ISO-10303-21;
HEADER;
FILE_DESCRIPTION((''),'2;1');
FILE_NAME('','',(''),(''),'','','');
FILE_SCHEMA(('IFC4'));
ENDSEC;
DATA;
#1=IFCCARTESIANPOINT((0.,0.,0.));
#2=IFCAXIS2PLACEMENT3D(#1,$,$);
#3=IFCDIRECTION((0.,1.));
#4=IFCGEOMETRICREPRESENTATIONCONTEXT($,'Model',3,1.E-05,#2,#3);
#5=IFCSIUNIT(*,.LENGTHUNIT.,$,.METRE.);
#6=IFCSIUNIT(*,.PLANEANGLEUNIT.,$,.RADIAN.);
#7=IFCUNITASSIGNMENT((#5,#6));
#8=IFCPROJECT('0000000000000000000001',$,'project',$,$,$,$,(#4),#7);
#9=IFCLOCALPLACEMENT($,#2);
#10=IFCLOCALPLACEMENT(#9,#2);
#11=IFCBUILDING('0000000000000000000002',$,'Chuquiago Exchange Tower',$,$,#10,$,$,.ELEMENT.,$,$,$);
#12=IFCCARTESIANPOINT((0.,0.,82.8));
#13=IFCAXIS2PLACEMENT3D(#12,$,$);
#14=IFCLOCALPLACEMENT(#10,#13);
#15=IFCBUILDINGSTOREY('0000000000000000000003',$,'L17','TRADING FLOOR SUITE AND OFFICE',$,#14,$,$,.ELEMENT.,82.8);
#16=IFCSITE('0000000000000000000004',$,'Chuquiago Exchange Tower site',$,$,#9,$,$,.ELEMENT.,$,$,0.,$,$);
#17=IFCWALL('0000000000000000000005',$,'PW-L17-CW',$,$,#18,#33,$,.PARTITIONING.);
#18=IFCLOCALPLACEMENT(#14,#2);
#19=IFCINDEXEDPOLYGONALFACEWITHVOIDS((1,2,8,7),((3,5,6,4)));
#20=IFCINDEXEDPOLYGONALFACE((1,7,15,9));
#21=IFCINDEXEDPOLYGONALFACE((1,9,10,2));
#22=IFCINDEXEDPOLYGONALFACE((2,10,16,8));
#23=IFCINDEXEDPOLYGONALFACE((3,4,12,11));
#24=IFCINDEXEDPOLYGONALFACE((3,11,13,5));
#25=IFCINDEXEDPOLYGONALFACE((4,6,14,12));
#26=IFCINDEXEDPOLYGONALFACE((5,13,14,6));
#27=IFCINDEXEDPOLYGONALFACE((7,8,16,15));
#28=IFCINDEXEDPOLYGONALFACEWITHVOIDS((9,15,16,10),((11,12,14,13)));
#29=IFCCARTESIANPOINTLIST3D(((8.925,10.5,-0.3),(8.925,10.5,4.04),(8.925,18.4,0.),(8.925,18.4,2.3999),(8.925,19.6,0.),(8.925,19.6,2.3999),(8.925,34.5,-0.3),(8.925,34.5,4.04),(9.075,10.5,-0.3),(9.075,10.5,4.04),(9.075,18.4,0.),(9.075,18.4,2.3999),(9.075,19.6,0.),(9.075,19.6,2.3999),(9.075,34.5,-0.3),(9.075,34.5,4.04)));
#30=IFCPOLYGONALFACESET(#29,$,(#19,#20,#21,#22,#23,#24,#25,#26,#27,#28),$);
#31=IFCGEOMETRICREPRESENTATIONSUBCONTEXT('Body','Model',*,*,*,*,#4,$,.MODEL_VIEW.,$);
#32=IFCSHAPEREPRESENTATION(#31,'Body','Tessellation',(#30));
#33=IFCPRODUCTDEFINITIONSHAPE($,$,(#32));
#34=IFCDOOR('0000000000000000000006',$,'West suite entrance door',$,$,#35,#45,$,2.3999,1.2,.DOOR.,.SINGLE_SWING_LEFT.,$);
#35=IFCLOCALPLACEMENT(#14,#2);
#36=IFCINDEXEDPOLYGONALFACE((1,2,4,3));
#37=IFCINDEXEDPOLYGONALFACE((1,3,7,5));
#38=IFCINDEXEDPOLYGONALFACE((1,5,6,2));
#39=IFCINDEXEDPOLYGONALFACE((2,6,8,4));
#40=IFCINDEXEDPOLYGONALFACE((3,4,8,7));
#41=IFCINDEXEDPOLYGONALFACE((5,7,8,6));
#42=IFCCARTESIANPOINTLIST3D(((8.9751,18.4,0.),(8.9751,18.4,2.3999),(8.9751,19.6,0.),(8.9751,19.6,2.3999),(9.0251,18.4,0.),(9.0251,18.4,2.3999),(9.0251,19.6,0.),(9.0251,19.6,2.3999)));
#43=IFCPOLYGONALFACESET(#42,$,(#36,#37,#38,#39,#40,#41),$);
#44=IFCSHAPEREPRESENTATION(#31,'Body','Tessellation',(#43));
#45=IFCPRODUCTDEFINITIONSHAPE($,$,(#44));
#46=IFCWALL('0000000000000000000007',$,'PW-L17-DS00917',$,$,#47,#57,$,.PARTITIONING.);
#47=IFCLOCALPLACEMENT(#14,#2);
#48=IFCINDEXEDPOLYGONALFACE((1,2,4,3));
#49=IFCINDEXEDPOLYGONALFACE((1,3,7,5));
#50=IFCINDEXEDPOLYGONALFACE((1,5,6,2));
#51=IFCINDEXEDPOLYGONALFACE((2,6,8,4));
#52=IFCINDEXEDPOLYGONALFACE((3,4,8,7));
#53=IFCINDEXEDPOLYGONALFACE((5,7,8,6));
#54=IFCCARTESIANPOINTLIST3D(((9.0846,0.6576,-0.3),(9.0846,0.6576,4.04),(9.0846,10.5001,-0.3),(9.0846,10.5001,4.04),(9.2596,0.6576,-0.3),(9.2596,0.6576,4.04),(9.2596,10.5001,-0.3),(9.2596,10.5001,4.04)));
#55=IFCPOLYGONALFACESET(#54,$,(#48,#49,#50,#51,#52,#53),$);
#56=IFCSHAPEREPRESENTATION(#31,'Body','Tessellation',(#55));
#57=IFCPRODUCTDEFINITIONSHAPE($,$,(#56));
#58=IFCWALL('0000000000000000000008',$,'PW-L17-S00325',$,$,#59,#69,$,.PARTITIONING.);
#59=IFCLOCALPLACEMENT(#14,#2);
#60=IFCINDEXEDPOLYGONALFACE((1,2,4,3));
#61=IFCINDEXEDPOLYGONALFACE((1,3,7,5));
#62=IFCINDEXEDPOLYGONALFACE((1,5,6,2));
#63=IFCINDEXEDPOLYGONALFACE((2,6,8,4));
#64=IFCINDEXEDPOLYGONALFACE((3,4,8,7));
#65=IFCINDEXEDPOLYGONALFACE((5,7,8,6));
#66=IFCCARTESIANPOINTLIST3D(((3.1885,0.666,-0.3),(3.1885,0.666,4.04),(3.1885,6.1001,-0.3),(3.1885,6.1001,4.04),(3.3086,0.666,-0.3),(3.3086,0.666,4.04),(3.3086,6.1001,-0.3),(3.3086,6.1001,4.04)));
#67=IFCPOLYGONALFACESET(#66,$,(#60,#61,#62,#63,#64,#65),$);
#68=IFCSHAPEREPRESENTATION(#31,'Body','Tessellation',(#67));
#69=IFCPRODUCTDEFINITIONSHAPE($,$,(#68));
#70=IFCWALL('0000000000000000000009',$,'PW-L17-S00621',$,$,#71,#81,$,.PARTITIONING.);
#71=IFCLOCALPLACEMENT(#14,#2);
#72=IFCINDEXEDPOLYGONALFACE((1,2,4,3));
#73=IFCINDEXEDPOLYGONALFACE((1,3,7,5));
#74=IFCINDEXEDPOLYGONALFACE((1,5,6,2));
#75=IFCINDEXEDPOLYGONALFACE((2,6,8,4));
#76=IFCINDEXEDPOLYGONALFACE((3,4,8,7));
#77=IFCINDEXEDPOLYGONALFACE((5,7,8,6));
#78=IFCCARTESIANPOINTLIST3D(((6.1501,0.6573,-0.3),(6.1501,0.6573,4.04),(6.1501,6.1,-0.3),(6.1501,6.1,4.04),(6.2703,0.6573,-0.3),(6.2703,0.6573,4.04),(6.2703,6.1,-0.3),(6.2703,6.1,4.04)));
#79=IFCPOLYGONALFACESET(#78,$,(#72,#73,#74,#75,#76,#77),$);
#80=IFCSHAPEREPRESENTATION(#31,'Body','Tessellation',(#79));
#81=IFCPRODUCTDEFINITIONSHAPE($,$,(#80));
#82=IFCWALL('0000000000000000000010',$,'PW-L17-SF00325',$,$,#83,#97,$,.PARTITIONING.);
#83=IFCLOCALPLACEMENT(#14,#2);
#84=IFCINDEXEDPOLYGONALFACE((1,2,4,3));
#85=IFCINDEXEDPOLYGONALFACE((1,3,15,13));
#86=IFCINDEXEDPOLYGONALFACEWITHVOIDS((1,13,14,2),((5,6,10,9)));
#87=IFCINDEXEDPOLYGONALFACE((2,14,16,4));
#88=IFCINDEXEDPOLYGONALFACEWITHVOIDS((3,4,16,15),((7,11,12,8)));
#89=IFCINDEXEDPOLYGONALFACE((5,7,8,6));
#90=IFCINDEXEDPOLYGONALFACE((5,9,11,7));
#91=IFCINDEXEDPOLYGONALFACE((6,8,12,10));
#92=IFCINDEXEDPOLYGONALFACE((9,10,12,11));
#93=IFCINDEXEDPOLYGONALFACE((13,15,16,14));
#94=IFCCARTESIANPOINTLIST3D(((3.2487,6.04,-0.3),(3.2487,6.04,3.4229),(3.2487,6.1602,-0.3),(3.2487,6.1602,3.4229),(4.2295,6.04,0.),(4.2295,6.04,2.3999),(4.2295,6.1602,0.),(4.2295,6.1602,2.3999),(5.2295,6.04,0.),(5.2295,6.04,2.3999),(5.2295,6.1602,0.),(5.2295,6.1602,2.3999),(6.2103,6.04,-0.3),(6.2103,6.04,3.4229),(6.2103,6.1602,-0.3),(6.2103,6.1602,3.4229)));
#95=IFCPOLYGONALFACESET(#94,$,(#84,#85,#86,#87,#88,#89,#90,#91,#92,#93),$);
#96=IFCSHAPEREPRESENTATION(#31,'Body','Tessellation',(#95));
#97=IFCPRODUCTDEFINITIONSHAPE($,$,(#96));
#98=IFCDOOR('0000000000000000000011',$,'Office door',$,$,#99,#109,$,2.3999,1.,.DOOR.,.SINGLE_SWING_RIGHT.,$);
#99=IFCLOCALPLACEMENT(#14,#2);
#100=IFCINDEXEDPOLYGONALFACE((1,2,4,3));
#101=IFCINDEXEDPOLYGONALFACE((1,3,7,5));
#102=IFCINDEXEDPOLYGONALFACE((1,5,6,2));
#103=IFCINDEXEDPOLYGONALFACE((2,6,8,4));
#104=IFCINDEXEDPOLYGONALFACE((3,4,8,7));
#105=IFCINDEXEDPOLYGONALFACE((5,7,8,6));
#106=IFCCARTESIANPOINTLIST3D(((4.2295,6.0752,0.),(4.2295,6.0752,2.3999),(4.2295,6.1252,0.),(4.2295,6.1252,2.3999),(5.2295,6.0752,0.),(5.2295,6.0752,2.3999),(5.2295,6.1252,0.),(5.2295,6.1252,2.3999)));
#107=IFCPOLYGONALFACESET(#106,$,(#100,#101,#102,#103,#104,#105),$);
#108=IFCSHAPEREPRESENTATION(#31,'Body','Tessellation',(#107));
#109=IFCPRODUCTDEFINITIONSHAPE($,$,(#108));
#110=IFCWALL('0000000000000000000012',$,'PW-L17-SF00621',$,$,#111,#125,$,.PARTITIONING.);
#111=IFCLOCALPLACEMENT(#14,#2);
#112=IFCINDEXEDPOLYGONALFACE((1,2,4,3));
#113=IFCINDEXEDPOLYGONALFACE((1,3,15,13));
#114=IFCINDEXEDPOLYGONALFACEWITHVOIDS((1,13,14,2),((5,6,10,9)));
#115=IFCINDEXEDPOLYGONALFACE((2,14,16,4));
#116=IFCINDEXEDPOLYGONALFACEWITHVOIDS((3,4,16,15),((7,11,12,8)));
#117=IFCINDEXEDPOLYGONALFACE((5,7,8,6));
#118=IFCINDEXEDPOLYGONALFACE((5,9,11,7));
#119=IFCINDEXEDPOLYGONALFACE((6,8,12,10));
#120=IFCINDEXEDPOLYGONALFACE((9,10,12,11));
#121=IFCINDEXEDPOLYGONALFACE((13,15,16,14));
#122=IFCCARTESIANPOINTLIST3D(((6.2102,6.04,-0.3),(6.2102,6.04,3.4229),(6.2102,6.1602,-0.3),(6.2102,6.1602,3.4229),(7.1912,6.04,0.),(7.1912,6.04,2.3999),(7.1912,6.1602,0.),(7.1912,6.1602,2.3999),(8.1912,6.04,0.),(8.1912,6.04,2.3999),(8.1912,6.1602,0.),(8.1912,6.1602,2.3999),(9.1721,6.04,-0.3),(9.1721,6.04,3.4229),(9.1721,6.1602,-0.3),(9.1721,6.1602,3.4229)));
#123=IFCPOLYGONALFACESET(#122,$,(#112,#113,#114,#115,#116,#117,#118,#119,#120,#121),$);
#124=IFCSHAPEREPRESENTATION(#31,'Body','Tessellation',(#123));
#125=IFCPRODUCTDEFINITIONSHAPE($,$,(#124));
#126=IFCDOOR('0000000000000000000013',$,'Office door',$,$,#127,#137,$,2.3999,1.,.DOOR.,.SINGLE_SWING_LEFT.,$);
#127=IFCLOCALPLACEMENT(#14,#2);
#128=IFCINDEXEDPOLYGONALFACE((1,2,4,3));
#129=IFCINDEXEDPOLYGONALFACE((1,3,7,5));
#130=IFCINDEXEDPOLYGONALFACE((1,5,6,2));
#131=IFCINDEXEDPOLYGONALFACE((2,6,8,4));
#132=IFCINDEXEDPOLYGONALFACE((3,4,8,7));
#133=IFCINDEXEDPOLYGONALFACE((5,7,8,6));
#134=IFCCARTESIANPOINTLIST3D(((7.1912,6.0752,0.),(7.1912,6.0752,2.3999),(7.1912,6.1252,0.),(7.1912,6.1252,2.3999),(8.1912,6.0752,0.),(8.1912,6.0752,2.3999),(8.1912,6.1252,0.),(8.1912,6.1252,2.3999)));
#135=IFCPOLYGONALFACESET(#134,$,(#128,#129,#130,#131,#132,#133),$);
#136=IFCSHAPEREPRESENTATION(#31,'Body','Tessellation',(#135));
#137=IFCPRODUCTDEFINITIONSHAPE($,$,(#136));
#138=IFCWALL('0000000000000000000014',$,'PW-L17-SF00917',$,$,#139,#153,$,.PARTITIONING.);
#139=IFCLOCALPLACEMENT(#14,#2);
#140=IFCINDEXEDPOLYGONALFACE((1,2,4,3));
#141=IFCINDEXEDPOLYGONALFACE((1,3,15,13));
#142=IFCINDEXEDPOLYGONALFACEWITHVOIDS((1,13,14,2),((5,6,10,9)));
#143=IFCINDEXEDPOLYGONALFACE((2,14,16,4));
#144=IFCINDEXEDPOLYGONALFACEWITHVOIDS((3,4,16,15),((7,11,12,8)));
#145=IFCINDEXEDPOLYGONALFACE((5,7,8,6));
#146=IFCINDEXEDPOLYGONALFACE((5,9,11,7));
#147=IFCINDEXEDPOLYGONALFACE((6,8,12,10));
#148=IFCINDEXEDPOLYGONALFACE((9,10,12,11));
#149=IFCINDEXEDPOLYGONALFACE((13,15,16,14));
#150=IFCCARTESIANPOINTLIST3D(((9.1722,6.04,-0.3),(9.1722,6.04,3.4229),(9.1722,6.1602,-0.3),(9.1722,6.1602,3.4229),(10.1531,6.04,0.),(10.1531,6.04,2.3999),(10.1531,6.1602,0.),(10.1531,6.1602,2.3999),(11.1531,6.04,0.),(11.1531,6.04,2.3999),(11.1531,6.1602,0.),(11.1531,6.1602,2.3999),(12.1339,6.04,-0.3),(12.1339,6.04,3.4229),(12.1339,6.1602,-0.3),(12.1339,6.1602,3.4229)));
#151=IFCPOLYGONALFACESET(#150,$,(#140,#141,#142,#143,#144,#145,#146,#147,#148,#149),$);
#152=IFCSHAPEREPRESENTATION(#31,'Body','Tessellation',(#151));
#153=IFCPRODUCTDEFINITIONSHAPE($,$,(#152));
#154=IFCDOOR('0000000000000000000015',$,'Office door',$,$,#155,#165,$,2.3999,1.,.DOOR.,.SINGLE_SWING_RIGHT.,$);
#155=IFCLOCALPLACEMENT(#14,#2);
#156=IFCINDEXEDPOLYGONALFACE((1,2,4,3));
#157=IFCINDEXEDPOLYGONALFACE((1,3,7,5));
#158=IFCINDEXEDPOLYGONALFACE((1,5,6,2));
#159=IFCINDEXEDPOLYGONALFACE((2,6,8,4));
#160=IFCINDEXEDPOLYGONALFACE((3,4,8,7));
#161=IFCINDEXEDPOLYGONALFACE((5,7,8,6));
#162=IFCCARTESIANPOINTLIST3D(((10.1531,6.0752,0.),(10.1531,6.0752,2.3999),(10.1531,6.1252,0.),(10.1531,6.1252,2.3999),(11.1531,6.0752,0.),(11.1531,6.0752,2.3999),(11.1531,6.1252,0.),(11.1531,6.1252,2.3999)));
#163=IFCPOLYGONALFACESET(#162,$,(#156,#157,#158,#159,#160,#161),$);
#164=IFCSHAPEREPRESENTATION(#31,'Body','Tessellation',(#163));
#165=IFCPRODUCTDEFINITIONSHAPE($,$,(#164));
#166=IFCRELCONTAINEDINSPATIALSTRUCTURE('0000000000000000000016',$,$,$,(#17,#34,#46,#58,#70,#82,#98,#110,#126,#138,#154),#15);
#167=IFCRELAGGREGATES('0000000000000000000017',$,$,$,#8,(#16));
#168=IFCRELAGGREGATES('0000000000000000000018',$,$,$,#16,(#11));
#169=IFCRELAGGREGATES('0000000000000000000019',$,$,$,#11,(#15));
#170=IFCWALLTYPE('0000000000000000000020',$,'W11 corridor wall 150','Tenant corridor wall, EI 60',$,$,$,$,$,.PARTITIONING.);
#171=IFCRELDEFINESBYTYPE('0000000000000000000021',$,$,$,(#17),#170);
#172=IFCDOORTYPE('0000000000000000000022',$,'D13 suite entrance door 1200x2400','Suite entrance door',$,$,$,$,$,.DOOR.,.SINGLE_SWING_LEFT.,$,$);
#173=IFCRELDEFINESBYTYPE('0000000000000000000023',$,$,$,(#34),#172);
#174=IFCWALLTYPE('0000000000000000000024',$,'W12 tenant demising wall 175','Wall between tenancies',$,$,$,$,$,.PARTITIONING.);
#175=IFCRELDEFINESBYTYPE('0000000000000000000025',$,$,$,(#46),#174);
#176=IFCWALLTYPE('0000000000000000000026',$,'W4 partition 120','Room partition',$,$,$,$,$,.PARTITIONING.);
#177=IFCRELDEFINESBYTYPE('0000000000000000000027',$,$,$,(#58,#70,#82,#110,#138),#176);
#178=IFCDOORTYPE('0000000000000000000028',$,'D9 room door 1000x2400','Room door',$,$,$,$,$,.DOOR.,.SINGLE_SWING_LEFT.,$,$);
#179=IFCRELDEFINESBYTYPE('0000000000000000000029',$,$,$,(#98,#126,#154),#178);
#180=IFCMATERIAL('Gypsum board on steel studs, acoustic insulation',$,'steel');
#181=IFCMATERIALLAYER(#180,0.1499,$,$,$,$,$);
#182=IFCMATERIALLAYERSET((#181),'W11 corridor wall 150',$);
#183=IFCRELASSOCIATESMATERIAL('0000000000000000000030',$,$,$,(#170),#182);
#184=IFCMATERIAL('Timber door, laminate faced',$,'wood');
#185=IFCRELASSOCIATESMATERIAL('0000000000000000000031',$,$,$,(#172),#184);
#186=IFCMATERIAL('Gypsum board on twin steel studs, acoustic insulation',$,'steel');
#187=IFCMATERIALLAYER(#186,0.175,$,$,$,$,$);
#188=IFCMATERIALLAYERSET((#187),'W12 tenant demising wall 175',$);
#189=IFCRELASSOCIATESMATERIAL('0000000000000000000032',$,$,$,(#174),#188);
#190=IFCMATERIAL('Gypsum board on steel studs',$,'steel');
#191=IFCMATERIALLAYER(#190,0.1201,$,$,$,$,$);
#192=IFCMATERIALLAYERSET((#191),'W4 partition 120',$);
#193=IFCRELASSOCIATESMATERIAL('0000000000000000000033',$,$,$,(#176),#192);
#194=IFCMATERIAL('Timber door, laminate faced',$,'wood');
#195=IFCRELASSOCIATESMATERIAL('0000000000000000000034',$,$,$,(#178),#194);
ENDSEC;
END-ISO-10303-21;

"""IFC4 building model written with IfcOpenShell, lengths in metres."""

from ifc_helpers import new_model, si_unit, direction, frame, frame_2d, origin, place, context, subcontext, project, spatial, rectangle, extrude, material, layer, layer_set, type_object, element, fill, save


model = new_model("IFC4")

# Units and contexts
model_context = context("Model", 3, precision=1e-05, world=origin(), true_north=direction((0.0, 1.0)))
body_context = subcontext(model_context, "Body", "Model", "MODEL_VIEW")
ifc_project = project(units=[si_unit("LENGTHUNIT", "METRE"), si_unit("PLANEANGLEUNIT", "RADIAN")], contexts=[model_context])

# Site, building, storey
site_placement = place(None, origin())
site = spatial("IfcSite", under=ifc_project, at=site_placement, Name="Chuquiago Exchange Tower site", CompositionType="ELEMENT", RefElevation=0.0)
building_placement = place(site_placement, origin())
building = spatial("IfcBuilding", under=site, at=building_placement, Name="Chuquiago Exchange Tower", CompositionType="ELEMENT")
storey_placement = place(building_placement, frame((0.0, 0.0, 82.8)))
storey = spatial("IfcBuildingStorey", under=building, at=storey_placement, Name="L17", Description="TRADING FLOOR SUITE AND OFFICE", CompositionType="ELEMENT", Elevation=82.8)

# Wall, opening, door
ifc_material_1 = material(Name="Gypsum board on steel studs, acoustic insulation", Category="steel")
ifc_layer_1 = layer(ifc_material_1, 0.1499)
ifc_layer_set_1 = layer_set([ifc_layer_1], Name="W11 corridor wall 150")
wall_type_1 = type_object("IfcWallType", Name="W11 corridor wall 150", Description="Tenant corridor wall, EI 60", PredefinedType="PARTITIONING", material=ifc_layer_set_1)
ifc_material_2 = material(Name="Timber door, laminate faced", Category="wood")
door_type_1 = type_object("IfcDoorType", Name="D13 suite entrance door 1200x2400", Description="Suite entrance door", OperationType="SINGLE_SWING_LEFT", PredefinedType="DOOR", material=ifc_material_2)
wall_1_placement = place(storey_placement, frame((9.0, 10.5, -0.3), z_axis=(0.0, 0.0, 1.0), x_axis=(0.0, 1.0, 0.0)))
wall_1 = element("IfcWall", 1, at=wall_1_placement, inside=storey, type_object=wall_type_1, Name="PW-L17-CW", PredefinedType="PARTITIONING", context=body_context, shape_type="SweptSolid", body=[
    extrude(rectangle(XDim=24.0, YDim=0.1499, at=frame_2d((12.0, 0.0))), origin(), (0.0, 0.0, 1.0), 4.3401),
])
opening_1_placement = place(wall_1_placement, frame((7.8999, 0.0, 0.3)))
opening_1 = element("IfcOpeningElement", 2, at=opening_1_placement, cuts=wall_1, PredefinedType="OPENING", context=body_context, shape_type="SweptSolid", body=[
    extrude(rectangle(XDim=1.2, YDim=2.3999, at=frame_2d((0.6001, 1.2))), frame((0.0, 0.085, 0.0), z_axis=(0.0, -1.0, 0.0), x_axis=(1.0, 0.0, 0.0)), (0.0, 0.0, 1.0), 0.1699),
])
door_1_placement = place(opening_1_placement, origin())
door_1 = element("IfcDoor", 3, at=door_1_placement, inside=storey, type_object=door_type_1, Name="West suite entrance door", OperationType="SINGLE_SWING_LEFT", OverallHeight=2.3999, OverallWidth=1.2, PredefinedType="DOOR", context=body_context, shape_type="SweptSolid", body=[
    extrude(rectangle(XDim=1.2, YDim=2.3999, at=frame_2d((0.6001, 1.2))), frame((0.0, 0.0249, 0.0), z_axis=(0.0, -1.0, 0.0), x_axis=(1.0, 0.0, 0.0)), (0.0, 0.0, 1.0), 0.05),
])
fill(opening_1, door_1)

# Walls
ifc_material_3 = material(Name="Gypsum board on twin steel studs, acoustic insulation", Category="steel")
ifc_layer_2 = layer(ifc_material_3, 0.175)
ifc_layer_set_2 = layer_set([ifc_layer_2], Name="W12 tenant demising wall 175")
wall_type_2 = type_object("IfcWallType", Name="W12 tenant demising wall 175", Description="Wall between tenancies", PredefinedType="PARTITIONING", material=ifc_layer_set_2)
wall_2_placement = place(storey_placement, frame((9.1721, 0.6575, -0.3), z_axis=(0.0, 0.0, 1.0), x_axis=(0.0, 1.0, 0.0)))
element("IfcWall", 4, at=wall_2_placement, inside=storey, type_object=wall_type_2, Name="PW-L17-DS00917", PredefinedType="PARTITIONING", context=body_context, shape_type="SweptSolid", body=[
    extrude(rectangle(XDim=9.8425, YDim=0.175, at=frame_2d((4.9214, 0.0))), origin(), (0.0, 0.0, 1.0), 4.3401),
])
ifc_material_4 = material(Name="Gypsum board on steel studs", Category="steel")
ifc_layer_3 = layer(ifc_material_4, 0.1201)
ifc_layer_set_3 = layer_set([ifc_layer_3], Name="W4 partition 120")
wall_type_3 = type_object("IfcWallType", Name="W4 partition 120", Description="Room partition", PredefinedType="PARTITIONING", material=ifc_layer_set_3)
wall_3_placement = place(storey_placement, frame((3.2485, 0.666, -0.3), z_axis=(0.0, 0.0, 1.0), x_axis=(0.0, 1.0, 0.0)))
element("IfcWall", 5, at=wall_3_placement, inside=storey, type_object=wall_type_3, Name="PW-L17-S00325", PredefinedType="PARTITIONING", context=body_context, shape_type="SweptSolid", body=[
    extrude(rectangle(XDim=5.4341, YDim=0.1201, at=frame_2d((2.717, 0.0))), origin(), (0.0, 0.0, 1.0), 4.3401),
])
wall_4_placement = place(storey_placement, frame((6.2102, 0.6575, -0.3), z_axis=(0.0, 0.0, 1.0), x_axis=(0.0, 1.0, 0.0)))
element("IfcWall", 6, at=wall_4_placement, inside=storey, type_object=wall_type_3, Name="PW-L17-S00621", PredefinedType="PARTITIONING", context=body_context, shape_type="SweptSolid", body=[
    extrude(rectangle(XDim=5.4426, YDim=0.1201, at=frame_2d((2.7212, 0.0))), origin(), (0.0, 0.0, 1.0), 4.3401),
])

# Walls, openings, doors
wall_5_placement = place(storey_placement, frame((3.2485, 6.1001, -0.3), z_axis=(0.0, 0.0, 1.0), x_axis=(1.0, 0.0, 0.0)))
wall_5 = element("IfcWall", 7, at=wall_5_placement, inside=storey, type_object=wall_type_3, Name="PW-L17-SF00325", PredefinedType="PARTITIONING", context=body_context, shape_type="SweptSolid", body=[
    extrude(rectangle(XDim=2.9617, YDim=0.1201, at=frame_2d((1.481, 0.0))), origin(), (0.0, 0.0, 1.0), 3.7229),
])
opening_2_placement = place(wall_5_placement, frame((0.981, 0.0, 0.3)))
opening_2 = element("IfcOpeningElement", 8, at=opening_2_placement, cuts=wall_5, PredefinedType="OPENING", context=body_context, shape_type="SweptSolid", body=[
    extrude(rectangle(XDim=1.0, YDim=2.3999, at=frame_2d((0.5, 1.2))), frame((0.0, 0.0701, 0.0), z_axis=(0.0, -1.0, 0.0), x_axis=(1.0, 0.0, 0.0)), (0.0, 0.0, 1.0), 0.1401),
])
ifc_material_5 = material(Name="Timber door, laminate faced", Category="wood")
door_type_2 = type_object("IfcDoorType", Name="D9 room door 1000x2400", Description="Room door", OperationType="SINGLE_SWING_LEFT", PredefinedType="DOOR", material=ifc_material_5)
door_2_placement = place(opening_2_placement, frame((1.0, 0.0, 0.0), z_axis=(0.0, 0.0, 1.0), x_axis=(-1.0, 0.0, 0.0)))
door_2 = element("IfcDoor", 9, at=door_2_placement, inside=storey, type_object=door_type_2, Name="Office door", OperationType="SINGLE_SWING_RIGHT", OverallHeight=2.3999, OverallWidth=1.0, PredefinedType="DOOR", context=body_context, shape_type="SweptSolid", body=[
    extrude(rectangle(XDim=1.0, YDim=2.3999, at=frame_2d((0.5, 1.2))), frame((0.0, 0.0249, 0.0), z_axis=(0.0, -1.0, 0.0), x_axis=(1.0, 0.0, 0.0)), (0.0, 0.0, 1.0), 0.05),
])
fill(opening_2, door_2)
wall_6_placement = place(storey_placement, frame((6.2102, 6.1001, -0.3), z_axis=(0.0, 0.0, 1.0), x_axis=(1.0, 0.0, 0.0)))
wall_6 = element("IfcWall", 10, at=wall_6_placement, inside=storey, type_object=wall_type_3, Name="PW-L17-SF00621", PredefinedType="PARTITIONING", context=body_context, shape_type="SweptSolid", body=[
    extrude(rectangle(XDim=2.9619, YDim=0.1201, at=frame_2d((1.481, 0.0))), origin(), (0.0, 0.0, 1.0), 3.7229),
])
opening_3_placement = place(wall_6_placement, frame((0.981, 0.0, 0.3)))
opening_3 = element("IfcOpeningElement", 11, at=opening_3_placement, cuts=wall_6, PredefinedType="OPENING", context=body_context, shape_type="SweptSolid", body=[
    extrude(rectangle(XDim=1.0, YDim=2.3999, at=frame_2d((0.5, 1.2))), frame((0.0, 0.0701, 0.0), z_axis=(0.0, -1.0, 0.0), x_axis=(1.0, 0.0, 0.0)), (0.0, 0.0, 1.0), 0.1401),
])
door_3_placement = place(opening_3_placement, frame((1.0, 0.0, 0.0), z_axis=(0.0, 0.0, 1.0), x_axis=(-1.0, 0.0, 0.0)))
door_3 = element("IfcDoor", 12, at=door_3_placement, inside=storey, type_object=door_type_2, Name="Office door", OperationType="SINGLE_SWING_LEFT", OverallHeight=2.3999, OverallWidth=1.0, PredefinedType="DOOR", context=body_context, shape_type="SweptSolid", body=[
    extrude(rectangle(XDim=1.0, YDim=2.3999, at=frame_2d((0.5, 1.2))), frame((0.0, 0.0249, 0.0), z_axis=(0.0, -1.0, 0.0), x_axis=(1.0, 0.0, 0.0)), (0.0, 0.0, 1.0), 0.05),
])
fill(opening_3, door_3)
wall_7_placement = place(storey_placement, frame((9.1721, 6.1001, -0.3), z_axis=(0.0, 0.0, 1.0), x_axis=(1.0, 0.0, 0.0)))
wall_7 = element("IfcWall", 13, at=wall_7_placement, inside=storey, type_object=wall_type_3, Name="PW-L17-SF00917", PredefinedType="PARTITIONING", context=body_context, shape_type="SweptSolid", body=[
    extrude(rectangle(XDim=2.9617, YDim=0.1201, at=frame_2d((1.481, 0.0))), origin(), (0.0, 0.0, 1.0), 3.7229),
])
opening_4_placement = place(wall_7_placement, frame((0.981, 0.0, 0.3)))
opening_4 = element("IfcOpeningElement", 14, at=opening_4_placement, cuts=wall_7, PredefinedType="OPENING", context=body_context, shape_type="SweptSolid", body=[
    extrude(rectangle(XDim=1.0, YDim=2.3999, at=frame_2d((0.5, 1.2))), frame((0.0, 0.0701, 0.0), z_axis=(0.0, -1.0, 0.0), x_axis=(1.0, 0.0, 0.0)), (0.0, 0.0, 1.0), 0.1401),
])
door_4_placement = place(opening_4_placement, frame((1.0, 0.0, 0.0), z_axis=(0.0, 0.0, 1.0), x_axis=(-1.0, 0.0, 0.0)))
door_4 = element("IfcDoor", 15, at=door_4_placement, inside=storey, type_object=door_type_2, Name="Office door", OperationType="SINGLE_SWING_RIGHT", OverallHeight=2.3999, OverallWidth=1.0, PredefinedType="DOOR", context=body_context, shape_type="SweptSolid", body=[
    extrude(rectangle(XDim=1.0, YDim=2.3999, at=frame_2d((0.5, 1.2))), frame((0.0, 0.0249, 0.0), z_axis=(0.0, -1.0, 0.0), x_axis=(1.0, 0.0, 0.0)), (0.0, 0.0, 1.0), 0.05),
])
fill(opening_4, door_4)

save(model, "model.ifc")
